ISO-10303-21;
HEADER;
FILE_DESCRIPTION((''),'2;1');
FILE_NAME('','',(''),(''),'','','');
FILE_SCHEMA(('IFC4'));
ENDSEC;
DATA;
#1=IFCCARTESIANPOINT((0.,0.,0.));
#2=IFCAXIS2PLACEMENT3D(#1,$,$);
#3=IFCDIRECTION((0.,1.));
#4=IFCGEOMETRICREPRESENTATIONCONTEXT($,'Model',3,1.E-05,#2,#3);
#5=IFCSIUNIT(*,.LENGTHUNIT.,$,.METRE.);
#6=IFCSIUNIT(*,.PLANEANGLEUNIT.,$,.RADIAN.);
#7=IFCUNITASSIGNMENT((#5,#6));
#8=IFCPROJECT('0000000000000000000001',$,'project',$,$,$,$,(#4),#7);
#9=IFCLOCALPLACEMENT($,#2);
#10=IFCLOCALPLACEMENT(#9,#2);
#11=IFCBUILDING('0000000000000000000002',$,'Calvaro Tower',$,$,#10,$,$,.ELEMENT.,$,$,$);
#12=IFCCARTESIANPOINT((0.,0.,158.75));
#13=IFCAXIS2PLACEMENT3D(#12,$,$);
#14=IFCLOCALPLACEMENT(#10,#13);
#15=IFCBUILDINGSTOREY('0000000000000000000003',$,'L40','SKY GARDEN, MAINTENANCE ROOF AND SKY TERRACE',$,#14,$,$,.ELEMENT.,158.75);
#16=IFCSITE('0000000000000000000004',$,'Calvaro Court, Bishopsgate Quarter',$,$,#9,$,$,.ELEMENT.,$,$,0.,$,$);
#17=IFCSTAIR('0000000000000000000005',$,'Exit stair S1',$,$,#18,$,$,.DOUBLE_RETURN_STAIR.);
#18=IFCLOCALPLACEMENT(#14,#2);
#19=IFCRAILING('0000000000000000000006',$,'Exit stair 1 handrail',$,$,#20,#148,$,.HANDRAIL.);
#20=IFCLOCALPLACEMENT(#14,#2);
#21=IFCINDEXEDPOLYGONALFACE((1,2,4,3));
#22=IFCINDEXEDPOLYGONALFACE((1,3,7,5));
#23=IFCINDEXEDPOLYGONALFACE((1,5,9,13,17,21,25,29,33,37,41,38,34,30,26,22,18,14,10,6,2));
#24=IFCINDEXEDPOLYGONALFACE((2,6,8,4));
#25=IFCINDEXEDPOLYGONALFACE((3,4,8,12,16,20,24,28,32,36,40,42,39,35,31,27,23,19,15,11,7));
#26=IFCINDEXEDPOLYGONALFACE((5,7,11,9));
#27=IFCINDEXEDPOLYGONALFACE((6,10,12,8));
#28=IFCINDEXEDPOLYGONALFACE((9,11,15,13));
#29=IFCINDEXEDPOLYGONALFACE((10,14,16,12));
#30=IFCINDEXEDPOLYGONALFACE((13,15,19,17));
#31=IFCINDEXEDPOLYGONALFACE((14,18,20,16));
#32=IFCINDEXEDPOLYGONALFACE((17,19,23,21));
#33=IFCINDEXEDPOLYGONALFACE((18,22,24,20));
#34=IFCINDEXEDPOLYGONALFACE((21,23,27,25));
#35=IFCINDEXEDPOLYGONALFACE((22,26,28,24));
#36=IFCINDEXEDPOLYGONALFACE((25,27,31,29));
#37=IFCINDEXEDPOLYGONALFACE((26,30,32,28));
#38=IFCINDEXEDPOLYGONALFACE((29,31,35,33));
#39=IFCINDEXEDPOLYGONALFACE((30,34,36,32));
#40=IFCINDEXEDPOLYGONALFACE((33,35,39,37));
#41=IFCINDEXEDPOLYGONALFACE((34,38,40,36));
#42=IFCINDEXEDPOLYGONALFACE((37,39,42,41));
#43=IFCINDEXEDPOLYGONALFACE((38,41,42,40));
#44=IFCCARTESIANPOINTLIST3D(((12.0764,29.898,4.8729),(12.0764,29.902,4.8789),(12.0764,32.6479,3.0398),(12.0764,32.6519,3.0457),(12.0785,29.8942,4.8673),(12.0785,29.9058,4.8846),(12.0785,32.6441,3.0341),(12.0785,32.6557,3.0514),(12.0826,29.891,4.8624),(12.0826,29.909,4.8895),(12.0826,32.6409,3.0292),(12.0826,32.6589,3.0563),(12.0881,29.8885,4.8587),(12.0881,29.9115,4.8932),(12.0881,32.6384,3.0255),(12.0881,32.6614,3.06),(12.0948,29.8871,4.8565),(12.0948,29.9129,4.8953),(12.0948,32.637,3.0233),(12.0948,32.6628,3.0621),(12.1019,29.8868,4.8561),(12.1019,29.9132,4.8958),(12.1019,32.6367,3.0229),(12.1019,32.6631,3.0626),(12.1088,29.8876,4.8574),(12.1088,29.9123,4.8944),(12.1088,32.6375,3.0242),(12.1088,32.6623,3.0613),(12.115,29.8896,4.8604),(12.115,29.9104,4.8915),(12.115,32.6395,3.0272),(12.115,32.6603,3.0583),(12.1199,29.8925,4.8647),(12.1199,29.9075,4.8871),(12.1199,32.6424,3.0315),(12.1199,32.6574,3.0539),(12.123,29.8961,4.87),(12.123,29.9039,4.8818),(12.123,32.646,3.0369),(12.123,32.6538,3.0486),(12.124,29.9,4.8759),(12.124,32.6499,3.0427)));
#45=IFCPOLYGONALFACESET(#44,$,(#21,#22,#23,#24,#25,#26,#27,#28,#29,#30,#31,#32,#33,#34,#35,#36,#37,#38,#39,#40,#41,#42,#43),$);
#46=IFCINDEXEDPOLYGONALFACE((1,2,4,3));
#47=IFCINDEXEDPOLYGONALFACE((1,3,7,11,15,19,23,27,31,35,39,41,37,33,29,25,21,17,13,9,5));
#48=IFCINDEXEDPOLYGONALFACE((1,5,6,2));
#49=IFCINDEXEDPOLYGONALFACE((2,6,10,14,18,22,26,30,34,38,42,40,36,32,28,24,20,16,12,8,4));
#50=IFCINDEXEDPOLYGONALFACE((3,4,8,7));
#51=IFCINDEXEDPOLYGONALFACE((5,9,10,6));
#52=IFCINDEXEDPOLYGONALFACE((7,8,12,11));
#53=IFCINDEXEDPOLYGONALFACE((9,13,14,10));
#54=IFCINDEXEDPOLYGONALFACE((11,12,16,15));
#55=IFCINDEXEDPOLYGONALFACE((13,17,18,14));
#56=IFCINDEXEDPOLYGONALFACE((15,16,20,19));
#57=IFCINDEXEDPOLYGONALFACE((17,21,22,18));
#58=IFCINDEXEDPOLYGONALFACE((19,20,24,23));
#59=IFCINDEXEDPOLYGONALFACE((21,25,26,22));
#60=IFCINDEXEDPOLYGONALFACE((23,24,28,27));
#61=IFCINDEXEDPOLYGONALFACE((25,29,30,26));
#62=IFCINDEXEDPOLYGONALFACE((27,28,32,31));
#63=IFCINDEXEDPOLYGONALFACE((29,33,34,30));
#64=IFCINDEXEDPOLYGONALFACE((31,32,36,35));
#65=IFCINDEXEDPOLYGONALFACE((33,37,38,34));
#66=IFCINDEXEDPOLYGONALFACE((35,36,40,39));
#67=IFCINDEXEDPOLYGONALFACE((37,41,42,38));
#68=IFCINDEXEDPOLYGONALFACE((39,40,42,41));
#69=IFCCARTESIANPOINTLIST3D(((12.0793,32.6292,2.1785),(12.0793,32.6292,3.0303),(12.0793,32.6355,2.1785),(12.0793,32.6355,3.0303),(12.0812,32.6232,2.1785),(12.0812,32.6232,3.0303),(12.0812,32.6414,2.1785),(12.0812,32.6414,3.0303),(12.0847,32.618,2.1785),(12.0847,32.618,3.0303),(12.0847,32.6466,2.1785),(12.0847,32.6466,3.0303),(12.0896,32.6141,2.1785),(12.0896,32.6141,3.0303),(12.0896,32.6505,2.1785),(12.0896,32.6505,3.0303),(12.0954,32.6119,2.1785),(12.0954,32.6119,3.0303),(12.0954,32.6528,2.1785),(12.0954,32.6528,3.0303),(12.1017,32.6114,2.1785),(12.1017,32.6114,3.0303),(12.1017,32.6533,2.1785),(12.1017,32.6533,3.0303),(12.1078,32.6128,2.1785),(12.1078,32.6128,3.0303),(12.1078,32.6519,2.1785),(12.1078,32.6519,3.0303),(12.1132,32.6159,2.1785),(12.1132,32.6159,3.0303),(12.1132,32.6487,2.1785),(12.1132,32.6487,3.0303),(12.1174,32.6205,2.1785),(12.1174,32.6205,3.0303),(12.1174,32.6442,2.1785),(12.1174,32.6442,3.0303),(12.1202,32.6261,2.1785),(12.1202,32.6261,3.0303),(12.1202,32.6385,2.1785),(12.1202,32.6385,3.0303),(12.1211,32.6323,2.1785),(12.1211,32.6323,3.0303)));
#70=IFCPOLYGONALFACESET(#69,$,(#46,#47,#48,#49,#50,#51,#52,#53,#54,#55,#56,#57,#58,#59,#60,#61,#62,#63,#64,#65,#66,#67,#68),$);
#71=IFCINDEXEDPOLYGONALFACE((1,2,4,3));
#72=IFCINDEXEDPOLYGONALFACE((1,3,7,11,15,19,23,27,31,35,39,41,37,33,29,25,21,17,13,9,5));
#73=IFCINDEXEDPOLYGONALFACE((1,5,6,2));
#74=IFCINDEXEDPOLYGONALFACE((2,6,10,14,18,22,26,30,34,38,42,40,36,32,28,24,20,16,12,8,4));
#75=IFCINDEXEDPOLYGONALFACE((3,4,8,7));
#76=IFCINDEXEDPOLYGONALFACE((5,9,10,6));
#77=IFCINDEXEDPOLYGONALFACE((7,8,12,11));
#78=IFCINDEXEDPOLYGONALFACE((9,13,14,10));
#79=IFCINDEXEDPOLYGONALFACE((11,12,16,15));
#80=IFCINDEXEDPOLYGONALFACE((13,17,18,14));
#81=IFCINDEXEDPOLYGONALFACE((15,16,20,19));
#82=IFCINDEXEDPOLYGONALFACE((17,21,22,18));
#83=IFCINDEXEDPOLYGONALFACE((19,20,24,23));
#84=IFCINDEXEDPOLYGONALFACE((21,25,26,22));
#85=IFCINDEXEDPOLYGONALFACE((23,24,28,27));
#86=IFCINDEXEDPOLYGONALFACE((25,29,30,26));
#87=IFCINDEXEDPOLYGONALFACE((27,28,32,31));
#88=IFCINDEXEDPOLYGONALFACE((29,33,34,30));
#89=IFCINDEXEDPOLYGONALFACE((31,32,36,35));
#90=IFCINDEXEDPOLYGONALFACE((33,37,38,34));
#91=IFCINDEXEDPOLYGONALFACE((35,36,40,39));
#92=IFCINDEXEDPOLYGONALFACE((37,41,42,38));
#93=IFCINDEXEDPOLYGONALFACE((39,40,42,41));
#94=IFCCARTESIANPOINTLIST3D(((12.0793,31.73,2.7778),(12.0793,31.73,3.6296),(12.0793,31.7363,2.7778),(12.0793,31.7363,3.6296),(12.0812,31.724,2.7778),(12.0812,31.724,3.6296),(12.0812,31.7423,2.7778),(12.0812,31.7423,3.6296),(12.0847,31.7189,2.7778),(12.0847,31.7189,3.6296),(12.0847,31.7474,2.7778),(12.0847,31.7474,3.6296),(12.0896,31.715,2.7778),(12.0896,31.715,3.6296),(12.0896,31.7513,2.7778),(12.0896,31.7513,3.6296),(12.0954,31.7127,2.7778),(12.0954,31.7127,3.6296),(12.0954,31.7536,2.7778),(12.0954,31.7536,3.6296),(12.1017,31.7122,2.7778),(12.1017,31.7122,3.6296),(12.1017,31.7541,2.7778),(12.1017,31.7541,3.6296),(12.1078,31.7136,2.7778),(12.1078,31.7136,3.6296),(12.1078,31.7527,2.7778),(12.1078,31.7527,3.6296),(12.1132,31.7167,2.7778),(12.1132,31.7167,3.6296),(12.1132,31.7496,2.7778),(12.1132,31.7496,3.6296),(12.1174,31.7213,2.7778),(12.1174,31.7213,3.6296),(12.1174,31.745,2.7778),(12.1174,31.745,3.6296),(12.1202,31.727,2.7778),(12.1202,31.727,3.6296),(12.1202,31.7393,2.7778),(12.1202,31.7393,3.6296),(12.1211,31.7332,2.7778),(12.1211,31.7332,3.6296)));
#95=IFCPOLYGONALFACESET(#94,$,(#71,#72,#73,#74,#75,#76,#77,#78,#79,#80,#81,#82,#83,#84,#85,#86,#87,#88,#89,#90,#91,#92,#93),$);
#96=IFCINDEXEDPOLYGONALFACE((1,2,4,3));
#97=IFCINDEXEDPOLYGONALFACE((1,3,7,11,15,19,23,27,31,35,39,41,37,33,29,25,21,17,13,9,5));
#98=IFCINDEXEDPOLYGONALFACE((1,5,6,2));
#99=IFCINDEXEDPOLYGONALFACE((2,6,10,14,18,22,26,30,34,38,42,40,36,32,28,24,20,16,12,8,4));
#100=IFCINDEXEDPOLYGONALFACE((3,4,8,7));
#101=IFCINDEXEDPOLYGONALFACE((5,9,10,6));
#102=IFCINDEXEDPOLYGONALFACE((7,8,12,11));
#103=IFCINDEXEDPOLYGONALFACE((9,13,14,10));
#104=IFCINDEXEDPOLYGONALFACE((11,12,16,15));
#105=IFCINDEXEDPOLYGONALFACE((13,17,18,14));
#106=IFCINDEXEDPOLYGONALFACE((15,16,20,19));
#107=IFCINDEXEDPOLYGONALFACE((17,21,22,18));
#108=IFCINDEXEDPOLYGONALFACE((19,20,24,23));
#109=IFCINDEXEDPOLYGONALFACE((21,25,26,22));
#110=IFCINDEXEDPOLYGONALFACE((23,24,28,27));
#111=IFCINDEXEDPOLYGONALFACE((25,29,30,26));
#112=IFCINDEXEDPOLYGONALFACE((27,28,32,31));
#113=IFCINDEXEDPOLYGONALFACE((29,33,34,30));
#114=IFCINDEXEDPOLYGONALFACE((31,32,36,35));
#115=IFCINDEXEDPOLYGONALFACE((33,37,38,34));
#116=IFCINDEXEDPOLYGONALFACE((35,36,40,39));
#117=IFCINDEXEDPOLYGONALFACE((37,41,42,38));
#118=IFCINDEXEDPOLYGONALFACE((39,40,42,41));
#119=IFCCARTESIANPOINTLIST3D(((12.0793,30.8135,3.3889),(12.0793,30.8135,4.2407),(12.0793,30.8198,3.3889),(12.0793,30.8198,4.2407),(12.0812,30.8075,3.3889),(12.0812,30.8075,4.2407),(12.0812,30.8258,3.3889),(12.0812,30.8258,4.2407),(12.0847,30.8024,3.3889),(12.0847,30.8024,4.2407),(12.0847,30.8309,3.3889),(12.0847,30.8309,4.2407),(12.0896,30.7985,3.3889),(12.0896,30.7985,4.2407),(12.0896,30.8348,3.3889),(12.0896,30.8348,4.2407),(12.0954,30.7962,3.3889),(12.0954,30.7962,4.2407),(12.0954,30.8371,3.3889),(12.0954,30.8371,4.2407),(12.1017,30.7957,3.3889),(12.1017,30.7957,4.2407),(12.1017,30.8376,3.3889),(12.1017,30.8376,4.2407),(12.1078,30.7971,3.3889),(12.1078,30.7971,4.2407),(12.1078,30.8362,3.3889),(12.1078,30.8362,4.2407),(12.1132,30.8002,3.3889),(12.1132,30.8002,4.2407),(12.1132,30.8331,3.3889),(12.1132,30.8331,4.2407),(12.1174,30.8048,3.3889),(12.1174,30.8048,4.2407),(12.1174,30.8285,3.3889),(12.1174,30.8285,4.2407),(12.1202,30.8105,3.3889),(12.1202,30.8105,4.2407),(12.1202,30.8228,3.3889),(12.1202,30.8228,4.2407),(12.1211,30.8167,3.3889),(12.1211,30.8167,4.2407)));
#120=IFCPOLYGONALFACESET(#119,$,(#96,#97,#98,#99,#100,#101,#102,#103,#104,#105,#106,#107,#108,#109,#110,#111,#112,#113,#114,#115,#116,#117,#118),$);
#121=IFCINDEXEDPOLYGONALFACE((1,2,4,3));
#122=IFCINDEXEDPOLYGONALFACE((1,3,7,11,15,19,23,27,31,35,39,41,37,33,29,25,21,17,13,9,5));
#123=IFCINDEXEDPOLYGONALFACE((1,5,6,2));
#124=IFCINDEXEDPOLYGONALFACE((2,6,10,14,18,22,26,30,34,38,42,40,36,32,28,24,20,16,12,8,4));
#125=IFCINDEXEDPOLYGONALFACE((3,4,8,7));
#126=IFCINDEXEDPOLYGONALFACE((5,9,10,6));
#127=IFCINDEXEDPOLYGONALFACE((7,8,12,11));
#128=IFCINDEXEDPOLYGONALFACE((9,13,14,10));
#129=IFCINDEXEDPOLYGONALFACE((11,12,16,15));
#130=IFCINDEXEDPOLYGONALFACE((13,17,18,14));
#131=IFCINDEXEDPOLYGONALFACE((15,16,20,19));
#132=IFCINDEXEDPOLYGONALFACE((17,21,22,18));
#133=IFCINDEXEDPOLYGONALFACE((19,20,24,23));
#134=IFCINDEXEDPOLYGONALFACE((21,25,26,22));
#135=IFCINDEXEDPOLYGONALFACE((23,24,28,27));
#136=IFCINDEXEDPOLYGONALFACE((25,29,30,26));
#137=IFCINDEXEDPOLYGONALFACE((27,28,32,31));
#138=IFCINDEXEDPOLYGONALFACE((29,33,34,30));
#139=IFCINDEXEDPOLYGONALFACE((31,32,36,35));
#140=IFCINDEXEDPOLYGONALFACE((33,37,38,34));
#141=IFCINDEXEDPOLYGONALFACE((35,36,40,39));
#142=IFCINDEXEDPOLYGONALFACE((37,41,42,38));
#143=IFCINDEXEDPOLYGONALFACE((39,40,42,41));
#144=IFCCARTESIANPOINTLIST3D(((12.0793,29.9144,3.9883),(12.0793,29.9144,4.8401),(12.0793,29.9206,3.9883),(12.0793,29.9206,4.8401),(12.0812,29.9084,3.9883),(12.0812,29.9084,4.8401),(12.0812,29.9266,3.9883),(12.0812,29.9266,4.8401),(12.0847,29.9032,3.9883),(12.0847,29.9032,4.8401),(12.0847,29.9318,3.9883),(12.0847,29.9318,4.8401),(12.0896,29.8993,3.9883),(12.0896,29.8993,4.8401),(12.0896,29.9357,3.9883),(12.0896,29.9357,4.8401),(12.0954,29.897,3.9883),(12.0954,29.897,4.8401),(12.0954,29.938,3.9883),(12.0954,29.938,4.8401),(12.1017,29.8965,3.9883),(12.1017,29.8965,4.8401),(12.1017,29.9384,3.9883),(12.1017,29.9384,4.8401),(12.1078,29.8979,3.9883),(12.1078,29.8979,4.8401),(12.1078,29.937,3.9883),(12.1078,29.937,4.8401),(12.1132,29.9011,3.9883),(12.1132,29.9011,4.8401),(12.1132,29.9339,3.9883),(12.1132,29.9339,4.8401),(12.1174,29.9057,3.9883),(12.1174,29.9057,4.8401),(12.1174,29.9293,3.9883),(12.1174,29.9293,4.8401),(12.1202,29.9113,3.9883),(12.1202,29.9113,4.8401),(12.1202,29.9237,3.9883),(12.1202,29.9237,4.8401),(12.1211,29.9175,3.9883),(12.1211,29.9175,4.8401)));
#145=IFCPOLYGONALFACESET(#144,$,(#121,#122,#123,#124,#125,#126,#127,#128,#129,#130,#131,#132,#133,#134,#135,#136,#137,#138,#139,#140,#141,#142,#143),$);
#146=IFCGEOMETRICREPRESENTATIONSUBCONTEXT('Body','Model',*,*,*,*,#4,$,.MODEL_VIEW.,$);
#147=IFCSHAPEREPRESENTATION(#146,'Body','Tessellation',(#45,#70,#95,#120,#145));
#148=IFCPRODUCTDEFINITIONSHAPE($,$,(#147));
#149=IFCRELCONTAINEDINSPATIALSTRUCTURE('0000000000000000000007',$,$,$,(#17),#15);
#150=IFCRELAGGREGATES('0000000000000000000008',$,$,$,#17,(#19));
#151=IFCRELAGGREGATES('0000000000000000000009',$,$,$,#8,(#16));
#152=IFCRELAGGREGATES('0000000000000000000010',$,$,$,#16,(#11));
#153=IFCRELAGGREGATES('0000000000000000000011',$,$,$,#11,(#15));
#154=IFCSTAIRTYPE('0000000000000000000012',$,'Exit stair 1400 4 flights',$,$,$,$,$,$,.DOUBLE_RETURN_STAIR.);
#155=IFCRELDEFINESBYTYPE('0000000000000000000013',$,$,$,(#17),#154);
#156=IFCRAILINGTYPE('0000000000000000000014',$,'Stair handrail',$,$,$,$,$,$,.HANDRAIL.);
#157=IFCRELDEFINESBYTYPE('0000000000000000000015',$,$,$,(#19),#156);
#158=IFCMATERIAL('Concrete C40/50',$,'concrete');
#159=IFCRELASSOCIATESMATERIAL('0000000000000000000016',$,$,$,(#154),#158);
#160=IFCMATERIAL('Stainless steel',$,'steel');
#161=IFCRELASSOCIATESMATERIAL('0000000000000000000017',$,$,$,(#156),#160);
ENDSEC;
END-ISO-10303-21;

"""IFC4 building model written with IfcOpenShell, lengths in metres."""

from ifc_helpers import new_model, si_unit, direction, frame, origin, origin_2d, place, context, subcontext, project, spatial, circle, extrude, material, type_object, element, aggregate, save


model = new_model("IFC4")

# Units and contexts
model_context = context("Model", 3, precision=1e-05, world=origin(), true_north=direction((0.0, 1.0)))
body_context = subcontext(model_context, "Body", "Model", "MODEL_VIEW")
ifc_project = project(units=[si_unit("LENGTHUNIT", "METRE"), si_unit("PLANEANGLEUNIT", "RADIAN")], contexts=[model_context])

# Site, building, storey
site_placement = place(None, origin())
site = spatial("IfcSite", under=ifc_project, at=site_placement, Name="Calvaro Court, Bishopsgate Quarter", CompositionType="ELEMENT", RefElevation=0.0)
building_placement = place(site_placement, origin())
building = spatial("IfcBuilding", under=site, at=building_placement, Name="Calvaro Tower", CompositionType="ELEMENT")
storey_placement = place(building_placement, frame((0.0, 0.0, 158.75)))
storey = spatial("IfcBuildingStorey", under=building, at=storey_placement, Name="L40", Description="SKY GARDEN, MAINTENANCE ROOF AND SKY TERRACE", CompositionType="ELEMENT", Elevation=158.75)

# Stair
ifc_material_1 = material(Name="Concrete C40/50", Category="concrete")
stair_type = type_object("IfcStairType", Name="Exit stair 1400 4 flights", PredefinedType="DOUBLE_RETURN_STAIR", material=ifc_material_1)
stair_placement = place(storey_placement, origin())
stair = element("IfcStair", 1, at=stair_placement, inside=storey, type_object=stair_type, Name="Exit stair S1", PredefinedType="DOUBLE_RETURN_STAIR")

# Railing
ifc_material_2 = material(Name="Stainless steel", Category="steel")
railing_type_1 = type_object("IfcRailingType", Name="Stair handrail", PredefinedType="HANDRAIL", material=ifc_material_2)
railing_1_placement = place(storey_placement, frame((12.1001, 32.6499, 2.1667)))
railing_1 = element("IfcRailing", 2, at=railing_1_placement, type_object=railing_type_1, Name="Exit stair 1 handrail", PredefinedType="HANDRAIL", context=body_context, shape_type="SweptSolid", body=[
    extrude(circle(Radius=0.0239, at=origin_2d()), frame((0.0, 0.0, 0.876), z_axis=(0.0, -0.832062, 0.554683), x_axis=(1.0, 0.0, 0.0)), (0.0, 0.0, 1.0), 3.3049),
    extrude(circle(Radius=0.021, at=origin_2d()), frame((0.0, -0.0176, 0.0117)), (0.0, 0.0, 1.0), 0.8518),
    extrude(circle(Radius=0.021, at=origin_2d()), frame((0.0, -0.9167, 0.6111)), (0.0, 0.0, 1.0), 0.8518),
    extrude(circle(Radius=0.021, at=origin_2d()), frame((0.0, -1.8333, 1.2222)), (0.0, 0.0, 1.0), 0.8518),
    extrude(circle(Radius=0.021, at=origin_2d()), frame((0.0, -2.7324, 1.8215)), (0.0, 0.0, 1.0), 0.8518),
])
aggregate(stair, [railing_1])

save(model, "model.ifc")
